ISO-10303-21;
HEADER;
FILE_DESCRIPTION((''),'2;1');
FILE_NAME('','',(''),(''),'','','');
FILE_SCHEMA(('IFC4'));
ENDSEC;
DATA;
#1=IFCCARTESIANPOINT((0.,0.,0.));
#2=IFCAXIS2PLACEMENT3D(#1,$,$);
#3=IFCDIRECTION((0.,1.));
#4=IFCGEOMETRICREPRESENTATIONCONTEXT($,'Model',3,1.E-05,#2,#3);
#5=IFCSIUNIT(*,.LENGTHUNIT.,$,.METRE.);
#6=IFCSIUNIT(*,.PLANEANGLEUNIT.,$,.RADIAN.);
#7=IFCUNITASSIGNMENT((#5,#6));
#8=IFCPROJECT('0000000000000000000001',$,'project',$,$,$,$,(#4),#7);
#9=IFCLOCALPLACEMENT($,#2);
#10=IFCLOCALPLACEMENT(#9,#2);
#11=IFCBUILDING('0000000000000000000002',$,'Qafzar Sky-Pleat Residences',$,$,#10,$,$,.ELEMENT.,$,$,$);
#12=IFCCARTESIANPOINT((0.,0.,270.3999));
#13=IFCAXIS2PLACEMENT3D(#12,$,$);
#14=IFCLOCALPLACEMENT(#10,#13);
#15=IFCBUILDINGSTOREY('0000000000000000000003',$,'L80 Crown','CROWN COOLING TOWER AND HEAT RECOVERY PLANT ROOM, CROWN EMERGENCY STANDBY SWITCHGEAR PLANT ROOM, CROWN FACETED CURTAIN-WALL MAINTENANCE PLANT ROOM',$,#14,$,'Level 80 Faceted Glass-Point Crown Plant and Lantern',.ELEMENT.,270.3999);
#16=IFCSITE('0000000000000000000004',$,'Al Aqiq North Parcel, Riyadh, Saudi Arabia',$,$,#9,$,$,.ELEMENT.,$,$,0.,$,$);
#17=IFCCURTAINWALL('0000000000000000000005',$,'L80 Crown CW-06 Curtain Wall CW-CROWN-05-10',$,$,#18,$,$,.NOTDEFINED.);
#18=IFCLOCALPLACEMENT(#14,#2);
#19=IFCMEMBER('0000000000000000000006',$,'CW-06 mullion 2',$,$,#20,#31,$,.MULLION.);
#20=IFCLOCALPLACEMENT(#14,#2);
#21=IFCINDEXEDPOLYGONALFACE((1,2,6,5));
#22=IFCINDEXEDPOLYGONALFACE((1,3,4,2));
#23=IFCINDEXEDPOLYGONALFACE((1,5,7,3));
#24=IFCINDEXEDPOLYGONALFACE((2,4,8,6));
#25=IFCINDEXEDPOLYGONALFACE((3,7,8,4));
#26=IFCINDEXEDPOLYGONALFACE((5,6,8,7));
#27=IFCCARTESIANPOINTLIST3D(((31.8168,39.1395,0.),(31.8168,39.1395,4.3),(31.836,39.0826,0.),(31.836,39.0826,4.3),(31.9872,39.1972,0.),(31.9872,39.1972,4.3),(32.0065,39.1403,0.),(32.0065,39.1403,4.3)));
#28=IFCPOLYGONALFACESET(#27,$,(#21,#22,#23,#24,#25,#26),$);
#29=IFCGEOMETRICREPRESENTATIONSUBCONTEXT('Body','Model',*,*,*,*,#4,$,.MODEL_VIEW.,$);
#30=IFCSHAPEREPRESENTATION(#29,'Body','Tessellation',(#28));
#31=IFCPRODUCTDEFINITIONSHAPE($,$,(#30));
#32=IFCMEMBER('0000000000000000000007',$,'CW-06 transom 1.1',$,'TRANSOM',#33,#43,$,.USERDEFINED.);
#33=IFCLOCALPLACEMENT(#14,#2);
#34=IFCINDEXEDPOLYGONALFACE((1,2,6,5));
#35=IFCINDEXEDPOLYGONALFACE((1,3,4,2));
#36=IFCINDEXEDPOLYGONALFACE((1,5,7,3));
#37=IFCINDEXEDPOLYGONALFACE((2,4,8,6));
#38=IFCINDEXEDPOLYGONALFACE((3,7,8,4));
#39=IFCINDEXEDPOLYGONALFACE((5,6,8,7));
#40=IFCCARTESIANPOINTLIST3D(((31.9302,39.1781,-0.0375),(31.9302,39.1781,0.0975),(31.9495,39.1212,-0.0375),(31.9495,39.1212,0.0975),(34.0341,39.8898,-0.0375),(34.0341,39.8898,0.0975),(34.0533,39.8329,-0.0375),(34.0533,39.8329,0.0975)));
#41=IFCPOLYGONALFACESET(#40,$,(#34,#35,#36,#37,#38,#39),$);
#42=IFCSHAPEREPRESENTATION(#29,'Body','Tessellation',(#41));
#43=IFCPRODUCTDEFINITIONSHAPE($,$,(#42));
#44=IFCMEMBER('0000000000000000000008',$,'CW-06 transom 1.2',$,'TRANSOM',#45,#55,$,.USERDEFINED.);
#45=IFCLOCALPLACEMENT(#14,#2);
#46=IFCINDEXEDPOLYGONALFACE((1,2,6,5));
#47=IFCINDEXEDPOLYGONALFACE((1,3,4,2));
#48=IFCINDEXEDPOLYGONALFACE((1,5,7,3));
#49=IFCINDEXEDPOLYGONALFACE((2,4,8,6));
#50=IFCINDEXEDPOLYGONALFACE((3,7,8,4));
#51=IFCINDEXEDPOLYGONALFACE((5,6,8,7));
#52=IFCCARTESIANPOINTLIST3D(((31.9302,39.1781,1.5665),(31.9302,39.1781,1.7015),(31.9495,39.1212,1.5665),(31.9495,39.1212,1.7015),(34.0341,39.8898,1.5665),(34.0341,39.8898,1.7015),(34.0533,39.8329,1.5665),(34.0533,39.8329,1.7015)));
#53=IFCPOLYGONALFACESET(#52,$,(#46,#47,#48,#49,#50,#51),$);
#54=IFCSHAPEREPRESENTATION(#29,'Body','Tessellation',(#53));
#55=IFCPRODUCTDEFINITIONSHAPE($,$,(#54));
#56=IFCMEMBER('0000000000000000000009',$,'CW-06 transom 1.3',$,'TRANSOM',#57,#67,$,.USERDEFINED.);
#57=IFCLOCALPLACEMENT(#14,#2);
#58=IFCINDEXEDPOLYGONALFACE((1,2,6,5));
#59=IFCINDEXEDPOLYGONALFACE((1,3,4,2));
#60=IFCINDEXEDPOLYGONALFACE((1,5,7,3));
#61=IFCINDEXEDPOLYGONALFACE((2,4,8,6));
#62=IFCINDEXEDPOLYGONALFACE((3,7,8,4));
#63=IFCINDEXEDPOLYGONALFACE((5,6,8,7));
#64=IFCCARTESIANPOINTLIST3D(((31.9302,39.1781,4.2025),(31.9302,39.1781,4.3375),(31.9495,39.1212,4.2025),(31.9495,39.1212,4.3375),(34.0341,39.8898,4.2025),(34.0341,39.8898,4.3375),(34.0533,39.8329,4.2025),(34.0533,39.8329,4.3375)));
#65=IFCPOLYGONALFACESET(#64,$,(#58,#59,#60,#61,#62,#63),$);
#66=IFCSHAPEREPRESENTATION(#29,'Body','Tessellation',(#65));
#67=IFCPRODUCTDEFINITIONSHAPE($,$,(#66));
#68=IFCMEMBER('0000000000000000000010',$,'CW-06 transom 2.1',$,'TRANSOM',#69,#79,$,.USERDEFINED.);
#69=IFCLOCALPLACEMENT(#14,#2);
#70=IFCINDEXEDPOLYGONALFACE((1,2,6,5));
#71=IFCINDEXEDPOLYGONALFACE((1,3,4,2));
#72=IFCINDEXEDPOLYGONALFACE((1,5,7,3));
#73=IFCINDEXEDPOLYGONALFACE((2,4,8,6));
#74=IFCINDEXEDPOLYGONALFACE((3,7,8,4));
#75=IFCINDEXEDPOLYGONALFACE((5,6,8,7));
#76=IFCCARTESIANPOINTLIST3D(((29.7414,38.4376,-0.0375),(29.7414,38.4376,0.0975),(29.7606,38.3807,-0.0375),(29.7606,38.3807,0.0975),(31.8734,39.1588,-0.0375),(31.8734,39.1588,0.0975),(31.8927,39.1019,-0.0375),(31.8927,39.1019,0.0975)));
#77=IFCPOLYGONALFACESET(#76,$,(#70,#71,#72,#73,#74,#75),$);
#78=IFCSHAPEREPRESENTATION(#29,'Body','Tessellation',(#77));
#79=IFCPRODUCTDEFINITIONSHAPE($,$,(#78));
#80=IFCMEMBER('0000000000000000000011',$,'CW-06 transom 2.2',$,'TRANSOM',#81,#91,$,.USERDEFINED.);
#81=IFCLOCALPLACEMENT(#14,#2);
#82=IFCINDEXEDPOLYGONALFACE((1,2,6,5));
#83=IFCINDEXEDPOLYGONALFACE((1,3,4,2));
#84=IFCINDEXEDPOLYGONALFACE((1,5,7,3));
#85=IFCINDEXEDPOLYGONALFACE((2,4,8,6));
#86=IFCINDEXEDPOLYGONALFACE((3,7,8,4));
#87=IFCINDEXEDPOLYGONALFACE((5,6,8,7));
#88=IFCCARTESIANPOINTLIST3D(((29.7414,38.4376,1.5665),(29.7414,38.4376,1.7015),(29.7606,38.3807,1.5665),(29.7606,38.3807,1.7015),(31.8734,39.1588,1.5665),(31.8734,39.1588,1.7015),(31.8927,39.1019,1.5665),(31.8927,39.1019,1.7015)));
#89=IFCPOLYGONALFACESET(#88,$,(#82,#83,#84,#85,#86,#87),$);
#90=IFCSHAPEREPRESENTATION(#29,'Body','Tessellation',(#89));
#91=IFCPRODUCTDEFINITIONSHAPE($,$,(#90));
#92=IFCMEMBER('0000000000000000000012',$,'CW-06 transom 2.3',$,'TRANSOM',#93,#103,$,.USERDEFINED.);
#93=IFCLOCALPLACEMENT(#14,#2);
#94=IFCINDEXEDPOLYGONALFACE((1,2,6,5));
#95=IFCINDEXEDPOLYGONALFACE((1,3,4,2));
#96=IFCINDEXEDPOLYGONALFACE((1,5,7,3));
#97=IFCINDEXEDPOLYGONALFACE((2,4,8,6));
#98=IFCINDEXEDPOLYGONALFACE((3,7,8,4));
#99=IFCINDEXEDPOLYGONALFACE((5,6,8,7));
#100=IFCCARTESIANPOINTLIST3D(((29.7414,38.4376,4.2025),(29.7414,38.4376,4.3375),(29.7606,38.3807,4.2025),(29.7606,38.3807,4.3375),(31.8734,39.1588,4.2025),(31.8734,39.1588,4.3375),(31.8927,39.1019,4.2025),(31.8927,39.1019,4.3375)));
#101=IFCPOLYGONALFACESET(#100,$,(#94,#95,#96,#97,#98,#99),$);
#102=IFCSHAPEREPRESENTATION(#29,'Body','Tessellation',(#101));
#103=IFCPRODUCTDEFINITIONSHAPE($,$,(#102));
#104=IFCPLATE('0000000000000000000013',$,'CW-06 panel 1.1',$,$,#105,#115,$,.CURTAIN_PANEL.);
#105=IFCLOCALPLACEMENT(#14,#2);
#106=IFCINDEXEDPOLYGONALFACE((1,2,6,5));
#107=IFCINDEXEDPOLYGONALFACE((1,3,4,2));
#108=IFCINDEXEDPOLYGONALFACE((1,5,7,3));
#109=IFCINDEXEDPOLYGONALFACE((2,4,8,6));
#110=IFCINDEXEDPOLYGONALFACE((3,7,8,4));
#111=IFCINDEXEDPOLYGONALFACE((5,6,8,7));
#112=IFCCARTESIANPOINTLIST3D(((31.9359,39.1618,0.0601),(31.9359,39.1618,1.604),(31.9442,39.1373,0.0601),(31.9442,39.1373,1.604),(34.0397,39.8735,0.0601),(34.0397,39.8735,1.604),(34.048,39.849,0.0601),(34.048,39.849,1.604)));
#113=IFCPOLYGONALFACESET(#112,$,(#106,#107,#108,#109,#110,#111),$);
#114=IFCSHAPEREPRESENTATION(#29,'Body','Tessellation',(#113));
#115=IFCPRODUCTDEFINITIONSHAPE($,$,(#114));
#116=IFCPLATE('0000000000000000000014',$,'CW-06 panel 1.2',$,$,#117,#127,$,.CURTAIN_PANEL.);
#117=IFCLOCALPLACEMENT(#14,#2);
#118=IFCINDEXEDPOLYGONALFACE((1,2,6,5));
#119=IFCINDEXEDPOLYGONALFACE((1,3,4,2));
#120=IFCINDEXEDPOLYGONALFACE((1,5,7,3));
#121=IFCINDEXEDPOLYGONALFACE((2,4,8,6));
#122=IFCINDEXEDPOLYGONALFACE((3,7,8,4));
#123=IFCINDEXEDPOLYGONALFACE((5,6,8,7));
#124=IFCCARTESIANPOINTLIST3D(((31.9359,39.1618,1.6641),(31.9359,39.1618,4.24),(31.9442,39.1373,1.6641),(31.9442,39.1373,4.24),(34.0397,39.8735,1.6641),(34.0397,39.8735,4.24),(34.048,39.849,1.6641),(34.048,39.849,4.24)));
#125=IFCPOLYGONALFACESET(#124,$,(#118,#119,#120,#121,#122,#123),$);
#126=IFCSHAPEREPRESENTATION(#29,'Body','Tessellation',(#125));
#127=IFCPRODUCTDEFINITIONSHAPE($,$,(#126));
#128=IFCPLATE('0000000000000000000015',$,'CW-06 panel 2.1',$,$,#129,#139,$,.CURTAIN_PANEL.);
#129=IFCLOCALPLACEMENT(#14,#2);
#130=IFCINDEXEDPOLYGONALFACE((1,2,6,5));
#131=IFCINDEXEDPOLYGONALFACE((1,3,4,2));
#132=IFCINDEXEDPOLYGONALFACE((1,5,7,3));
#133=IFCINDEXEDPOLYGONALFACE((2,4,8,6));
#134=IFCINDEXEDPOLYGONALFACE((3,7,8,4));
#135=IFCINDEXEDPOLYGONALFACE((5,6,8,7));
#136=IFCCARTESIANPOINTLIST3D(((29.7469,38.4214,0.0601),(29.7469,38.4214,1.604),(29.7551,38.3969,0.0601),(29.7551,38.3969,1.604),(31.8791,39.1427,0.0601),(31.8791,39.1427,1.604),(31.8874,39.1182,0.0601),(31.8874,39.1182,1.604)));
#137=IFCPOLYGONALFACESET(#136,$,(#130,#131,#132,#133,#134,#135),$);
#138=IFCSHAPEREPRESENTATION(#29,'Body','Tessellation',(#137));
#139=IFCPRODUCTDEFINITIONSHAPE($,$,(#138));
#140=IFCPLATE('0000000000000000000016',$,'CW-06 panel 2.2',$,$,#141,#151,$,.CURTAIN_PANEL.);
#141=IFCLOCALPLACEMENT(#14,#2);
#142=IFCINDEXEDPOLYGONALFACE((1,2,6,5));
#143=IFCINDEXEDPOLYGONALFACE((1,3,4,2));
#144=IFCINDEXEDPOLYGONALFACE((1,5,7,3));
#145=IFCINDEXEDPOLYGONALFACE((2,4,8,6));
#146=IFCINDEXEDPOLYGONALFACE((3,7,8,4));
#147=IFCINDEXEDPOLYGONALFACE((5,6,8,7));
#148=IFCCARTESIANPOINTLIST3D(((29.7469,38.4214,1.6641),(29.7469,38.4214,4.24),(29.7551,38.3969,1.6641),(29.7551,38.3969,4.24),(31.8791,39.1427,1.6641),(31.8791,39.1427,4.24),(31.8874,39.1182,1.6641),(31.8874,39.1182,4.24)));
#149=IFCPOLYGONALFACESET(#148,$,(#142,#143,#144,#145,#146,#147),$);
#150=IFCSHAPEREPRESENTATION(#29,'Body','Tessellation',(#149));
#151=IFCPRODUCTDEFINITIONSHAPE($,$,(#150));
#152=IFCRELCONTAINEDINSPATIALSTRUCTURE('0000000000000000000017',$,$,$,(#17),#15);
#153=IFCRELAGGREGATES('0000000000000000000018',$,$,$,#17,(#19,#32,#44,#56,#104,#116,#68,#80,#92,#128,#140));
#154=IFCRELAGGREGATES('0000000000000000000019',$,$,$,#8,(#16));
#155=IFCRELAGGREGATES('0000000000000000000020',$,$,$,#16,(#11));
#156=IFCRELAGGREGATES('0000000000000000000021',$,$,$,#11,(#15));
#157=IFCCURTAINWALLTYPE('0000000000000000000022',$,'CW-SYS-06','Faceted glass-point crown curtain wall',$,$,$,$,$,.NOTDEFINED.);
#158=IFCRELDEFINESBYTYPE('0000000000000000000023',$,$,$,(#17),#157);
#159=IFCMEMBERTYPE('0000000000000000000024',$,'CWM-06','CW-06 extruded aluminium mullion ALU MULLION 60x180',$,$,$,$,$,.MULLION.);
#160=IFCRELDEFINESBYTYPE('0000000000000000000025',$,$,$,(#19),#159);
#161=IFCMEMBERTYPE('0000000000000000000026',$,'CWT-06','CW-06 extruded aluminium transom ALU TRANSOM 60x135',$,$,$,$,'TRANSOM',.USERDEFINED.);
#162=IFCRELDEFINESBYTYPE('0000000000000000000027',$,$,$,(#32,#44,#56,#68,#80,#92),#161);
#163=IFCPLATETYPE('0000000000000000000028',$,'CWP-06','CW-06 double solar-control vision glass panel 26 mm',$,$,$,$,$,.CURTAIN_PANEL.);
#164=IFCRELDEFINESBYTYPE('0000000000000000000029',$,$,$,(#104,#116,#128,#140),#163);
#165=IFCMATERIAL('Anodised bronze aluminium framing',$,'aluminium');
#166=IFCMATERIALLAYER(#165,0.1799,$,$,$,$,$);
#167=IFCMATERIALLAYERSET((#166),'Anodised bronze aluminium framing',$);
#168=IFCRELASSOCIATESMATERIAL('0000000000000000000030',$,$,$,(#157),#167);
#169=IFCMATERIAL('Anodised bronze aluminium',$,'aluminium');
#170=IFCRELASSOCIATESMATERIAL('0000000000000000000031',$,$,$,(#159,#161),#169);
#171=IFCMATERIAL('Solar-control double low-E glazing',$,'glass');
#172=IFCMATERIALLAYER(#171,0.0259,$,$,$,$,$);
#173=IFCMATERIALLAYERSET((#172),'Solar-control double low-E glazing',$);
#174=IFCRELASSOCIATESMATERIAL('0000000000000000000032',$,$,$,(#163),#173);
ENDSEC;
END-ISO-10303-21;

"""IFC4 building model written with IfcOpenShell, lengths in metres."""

from ifc_helpers import new_model, si_unit, direction, frame, origin, origin_2d, place, context, subcontext, project, spatial, rectangle, extrude, source, transform, mapped, material, layer, layer_set, material_profile, profile_set, type_object, element, aggregate, save


model = new_model("IFC4")

# Units and contexts
model_context = context("Model", 3, precision=1e-05, world=origin(), true_north=direction((0.0, 1.0)))
body_context = subcontext(model_context, "Body", "Model", "MODEL_VIEW")
ifc_project = project(units=[si_unit("LENGTHUNIT", "METRE"), si_unit("PLANEANGLEUNIT", "RADIAN")], contexts=[model_context])

# Site, building, storey
site_placement = place(None, origin())
site = spatial("IfcSite", under=ifc_project, at=site_placement, Name="Al Aqiq North Parcel, Riyadh, Saudi Arabia", CompositionType="ELEMENT", RefElevation=0.0)
building_placement = place(site_placement, origin())
building = spatial("IfcBuilding", under=site, at=building_placement, Name="Qafzar Sky-Pleat Residences", CompositionType="ELEMENT")
storey_placement = place(building_placement, frame((0.0, 0.0, 270.3999)))
storey = spatial("IfcBuildingStorey", under=building, at=storey_placement, Name="L80 Crown", Description="CROWN COOLING TOWER AND HEAT RECOVERY PLANT ROOM, CROWN EMERGENCY STANDBY SWITCHGEAR PLANT ROOM, CROWN FACETED CURTAIN-WALL MAINTENANCE PLANT ROOM", LongName="Level 80 Faceted Glass-Point Crown Plant and Lantern", CompositionType="ELEMENT", Elevation=270.3999)

# Shared definitions
ifc_material_1 = material(Name="Anodised bronze aluminium framing", Category="aluminium")
ifc_layer_1 = layer(ifc_material_1, 0.1799)
ifc_layer_set_1 = layer_set([ifc_layer_1], Name="Anodised bronze aluminium framing")
curtain_wall_type = type_object("IfcCurtainWallType", Name="CW-SYS-06", Description="Faceted glass-point crown curtain wall", PredefinedType="NOTDEFINED", material=ifc_layer_set_1)
ifc_material_2 = material(Name="Anodised bronze aluminium", Category="aluminium")
ifc_material_profile_1 = material_profile(ifc_material_2, rectangle(XDim=0.0601, YDim=0.1799, at=origin_2d()), Name="ALU MULLION 60x180")
ifc_profile_set_1 = profile_set([ifc_material_profile_1], Name="Anodised bronze aluminium")
member_type_1 = type_object("IfcMemberType", Name="CWM-06", Description="CW-06 extruded aluminium mullion ALU MULLION 60x180", PredefinedType="MULLION", material=ifc_profile_set_1)
shared_shape_1 = source(origin(), body_context, "Body", "SweptSolid", [
    extrude(rectangle(XDim=0.0601, YDim=0.1799, at=origin_2d()), origin(), (0.0, 0.0, 1.0), 4.3),
])

# Curtain wall, members, plates
curtain_wall_1_placement = place(storey_placement, origin())
curtain_wall_1 = element("IfcCurtainWall", 1, at=curtain_wall_1_placement, inside=storey, type_object=curtain_wall_type, Name="L80 Crown CW-06 Curtain Wall CW-CROWN-05-10", PredefinedType="NOTDEFINED")
member_1_placement = place(storey_placement, frame((31.9116, 39.1399, 0.0), z_axis=(0.0, 0.0, 1.0), x_axis=(0.320439, -0.947269, 0.0)))
member_1 = element("IfcMember", 2, at=member_1_placement, type_object=member_type_1, Name="CW-06 mullion 2", PredefinedType="MULLION", context=body_context, shape_type="MappedRepresentation", body=[
    mapped(shared_shape_1, transform((0.0, 0.0, 0.0), x_axis=(1.0, 0.0, 0.0), y_axis=(0.0, 1.0, 0.0), z_axis=(0.0, 0.0, 1.0), scale=1.0)),
])
ifc_material_profile_2 = material_profile(ifc_material_2, rectangle(XDim=0.0601, YDim=0.135, at=origin_2d()), Name="ALU TRANSOM 60x135")
ifc_profile_set_2 = profile_set([ifc_material_profile_2], Name="Anodised bronze aluminium")
member_type_2 = type_object("IfcMemberType", Name="CWT-06", Description="CW-06 extruded aluminium transom ALU TRANSOM 60x135", ElementType="TRANSOM", PredefinedType="USERDEFINED", material=ifc_profile_set_2)
shared_shape_2 = source(origin(), body_context, "Body", "SweptSolid", [
    extrude(rectangle(XDim=0.0601, YDim=0.135, at=origin_2d()), origin(), (0.0, 0.0, 1.0), 2.2209),
])
member_2_placement = place(storey_placement, frame((34.0437, 39.8613, 0.03), z_axis=(-0.947267, -0.320446, 0.0), x_axis=(0.320446, -0.947267, 0.0)))
member_2 = element("IfcMember", 3, at=member_2_placement, type_object=member_type_2, Name="CW-06 transom 1.1", ObjectType="TRANSOM", PredefinedType="USERDEFINED", context=body_context, shape_type="MappedRepresentation", body=[
    mapped(shared_shape_2, transform((0.0, 0.0, 0.0), x_axis=(1.0, 0.0, 0.0), y_axis=(0.0, 1.0, 0.0), z_axis=(0.0, 0.0, 1.0), scale=1.0)),
])
member_3_placement = place(storey_placement, frame((34.0437, 39.8613, 1.634), z_axis=(-0.947267, -0.320446, 0.0), x_axis=(0.320446, -0.947267, 0.0)))
member_3 = element("IfcMember", 4, at=member_3_placement, type_object=member_type_2, Name="CW-06 transom 1.2", ObjectType="TRANSOM", PredefinedType="USERDEFINED", context=body_context, shape_type="MappedRepresentation", body=[
    mapped(shared_shape_2, transform((0.0, 0.0, 0.0), x_axis=(1.0, 0.0, 0.0), y_axis=(0.0, 1.0, 0.0), z_axis=(0.0, 0.0, 1.0), scale=1.0)),
])
member_4_placement = place(storey_placement, frame((34.0437, 39.8613, 4.27), z_axis=(-0.947267, -0.320446, 0.0), x_axis=(0.320446, -0.947267, 0.0)))
member_4 = element("IfcMember", 5, at=member_4_placement, type_object=member_type_2, Name="CW-06 transom 1.3", ObjectType="TRANSOM", PredefinedType="USERDEFINED", context=body_context, shape_type="MappedRepresentation", body=[
    mapped(shared_shape_2, transform((0.0, 0.0, 0.0), x_axis=(1.0, 0.0, 0.0), y_axis=(0.0, 1.0, 0.0), z_axis=(0.0, 0.0, 1.0), scale=1.0)),
])
shared_shape_3 = source(origin(), body_context, "Body", "SweptSolid", [
    extrude(rectangle(XDim=0.0601, YDim=0.135, at=origin_2d()), origin(), (0.0, 0.0, 1.0), 2.2507),
])
member_5_placement = place(storey_placement, frame((31.8831, 39.1304, 0.03), z_axis=(-0.947275, -0.320422, 0.0), x_axis=(0.320422, -0.947275, 0.0)))
member_5 = element("IfcMember", 6, at=member_5_placement, type_object=member_type_2, Name="CW-06 transom 2.1", ObjectType="TRANSOM", PredefinedType="USERDEFINED", context=body_context, shape_type="MappedRepresentation", body=[
    mapped(shared_shape_3, transform((0.0, 0.0, 0.0), x_axis=(1.0, 0.0, 0.0), y_axis=(0.0, 1.0, 0.0), z_axis=(0.0, 0.0, 1.0), scale=1.0)),
])
member_6_placement = place(storey_placement, frame((31.8831, 39.1304, 1.634), z_axis=(-0.947275, -0.320422, 0.0), x_axis=(0.320422, -0.947275, 0.0)))
member_6 = element("IfcMember", 7, at=member_6_placement, type_object=member_type_2, Name="CW-06 transom 2.2", ObjectType="TRANSOM", PredefinedType="USERDEFINED", context=body_context, shape_type="MappedRepresentation", body=[
    mapped(shared_shape_3, transform((0.0, 0.0, 0.0), x_axis=(1.0, 0.0, 0.0), y_axis=(0.0, 1.0, 0.0), z_axis=(0.0, 0.0, 1.0), scale=1.0)),
])
member_7_placement = place(storey_placement, frame((31.8831, 39.1304, 4.27), z_axis=(-0.947275, -0.320422, 0.0), x_axis=(0.320422, -0.947275, 0.0)))
member_7 = element("IfcMember", 8, at=member_7_placement, type_object=member_type_2, Name="CW-06 transom 2.3", ObjectType="TRANSOM", PredefinedType="USERDEFINED", context=body_context, shape_type="MappedRepresentation", body=[
    mapped(shared_shape_3, transform((0.0, 0.0, 0.0), x_axis=(1.0, 0.0, 0.0), y_axis=(0.0, 1.0, 0.0), z_axis=(0.0, 0.0, 1.0), scale=1.0)),
])
ifc_material_3 = material(Name="Solar-control double low-E glazing", Category="glass")
ifc_layer_2 = layer(ifc_material_3, 0.0259)
ifc_layer_set_2 = layer_set([ifc_layer_2], Name="Solar-control double low-E glazing")
plate_type = type_object("IfcPlateType", Name="CWP-06", Description="CW-06 double solar-control vision glass panel 26 mm", PredefinedType="CURTAIN_PANEL", material=ifc_layer_set_2)
shared_shape_4 = source(origin(), body_context, "Body", "SweptSolid", [
    extrude(rectangle(XDim=2.2209, YDim=0.0259, at=origin_2d()), origin(), (0.0, 0.0, 1.0), 1.5439),
])
plate_1_placement = place(storey_placement, frame((32.9919, 39.5054, 0.0601), z_axis=(0.0, 0.0, 1.0), x_axis=(-0.947269, -0.320439, 0.0)))
plate_1 = element("IfcPlate", 9, at=plate_1_placement, type_object=plate_type, Name="CW-06 panel 1.1", PredefinedType="CURTAIN_PANEL", context=body_context, shape_type="MappedRepresentation", body=[
    mapped(shared_shape_4, transform((0.0, 0.0, 0.0), x_axis=(1.0, 0.0, 0.0), y_axis=(0.0, 1.0, 0.0), z_axis=(0.0, 0.0, 1.0), scale=1.0)),
])
shared_shape_5 = source(origin(), body_context, "Body", "SweptSolid", [
    extrude(rectangle(XDim=2.2209, YDim=0.0259, at=origin_2d()), origin(), (0.0, 0.0, 1.0), 2.5759),
])
plate_2_placement = place(storey_placement, frame((32.9919, 39.5054, 1.6641), z_axis=(0.0, 0.0, 1.0), x_axis=(-0.947269, -0.320439, 0.0)))
plate_2 = element("IfcPlate", 10, at=plate_2_placement, type_object=plate_type, Name="CW-06 panel 1.2", PredefinedType="CURTAIN_PANEL", context=body_context, shape_type="MappedRepresentation", body=[
    mapped(shared_shape_5, transform((0.0, 0.0, 0.0), x_axis=(1.0, 0.0, 0.0), y_axis=(0.0, 1.0, 0.0), z_axis=(0.0, 0.0, 1.0), scale=1.0)),
])
shared_shape_6 = source(origin(), body_context, "Body", "SweptSolid", [
    extrude(rectangle(XDim=2.251, YDim=0.0259, at=origin_2d()), origin(), (0.0, 0.0, 1.0), 1.5439),
])
plate_3_placement = place(storey_placement, frame((30.8171, 38.7698, 0.0601), z_axis=(0.0, 0.0, 1.0), x_axis=(-0.947269, -0.320439, 0.0)))
plate_3 = element("IfcPlate", 11, at=plate_3_placement, type_object=plate_type, Name="CW-06 panel 2.1", PredefinedType="CURTAIN_PANEL", context=body_context, shape_type="MappedRepresentation", body=[
    mapped(shared_shape_6, transform((0.0, 0.0, 0.0), x_axis=(1.0, 0.0, 0.0), y_axis=(0.0, 1.0, 0.0), z_axis=(0.0, 0.0, 1.0), scale=1.0)),
])
shared_shape_7 = source(origin(), body_context, "Body", "SweptSolid", [
    extrude(rectangle(XDim=2.251, YDim=0.0259, at=origin_2d()), origin(), (0.0, 0.0, 1.0), 2.5759),
])
plate_4_placement = place(storey_placement, frame((30.8171, 38.7698, 1.6641), z_axis=(0.0, 0.0, 1.0), x_axis=(-0.947269, -0.320439, 0.0)))
plate_4 = element("IfcPlate", 12, at=plate_4_placement, type_object=plate_type, Name="CW-06 panel 2.2", PredefinedType="CURTAIN_PANEL", context=body_context, shape_type="MappedRepresentation", body=[
    mapped(shared_shape_7, transform((0.0, 0.0, 0.0), x_axis=(1.0, 0.0, 0.0), y_axis=(0.0, 1.0, 0.0), z_axis=(0.0, 0.0, 1.0), scale=1.0)),
])
aggregate(curtain_wall_1, [member_1, member_2, member_3, member_4, plate_1, plate_2, member_5, member_6, member_7, plate_3, plate_4])

save(model, "model.ifc")
